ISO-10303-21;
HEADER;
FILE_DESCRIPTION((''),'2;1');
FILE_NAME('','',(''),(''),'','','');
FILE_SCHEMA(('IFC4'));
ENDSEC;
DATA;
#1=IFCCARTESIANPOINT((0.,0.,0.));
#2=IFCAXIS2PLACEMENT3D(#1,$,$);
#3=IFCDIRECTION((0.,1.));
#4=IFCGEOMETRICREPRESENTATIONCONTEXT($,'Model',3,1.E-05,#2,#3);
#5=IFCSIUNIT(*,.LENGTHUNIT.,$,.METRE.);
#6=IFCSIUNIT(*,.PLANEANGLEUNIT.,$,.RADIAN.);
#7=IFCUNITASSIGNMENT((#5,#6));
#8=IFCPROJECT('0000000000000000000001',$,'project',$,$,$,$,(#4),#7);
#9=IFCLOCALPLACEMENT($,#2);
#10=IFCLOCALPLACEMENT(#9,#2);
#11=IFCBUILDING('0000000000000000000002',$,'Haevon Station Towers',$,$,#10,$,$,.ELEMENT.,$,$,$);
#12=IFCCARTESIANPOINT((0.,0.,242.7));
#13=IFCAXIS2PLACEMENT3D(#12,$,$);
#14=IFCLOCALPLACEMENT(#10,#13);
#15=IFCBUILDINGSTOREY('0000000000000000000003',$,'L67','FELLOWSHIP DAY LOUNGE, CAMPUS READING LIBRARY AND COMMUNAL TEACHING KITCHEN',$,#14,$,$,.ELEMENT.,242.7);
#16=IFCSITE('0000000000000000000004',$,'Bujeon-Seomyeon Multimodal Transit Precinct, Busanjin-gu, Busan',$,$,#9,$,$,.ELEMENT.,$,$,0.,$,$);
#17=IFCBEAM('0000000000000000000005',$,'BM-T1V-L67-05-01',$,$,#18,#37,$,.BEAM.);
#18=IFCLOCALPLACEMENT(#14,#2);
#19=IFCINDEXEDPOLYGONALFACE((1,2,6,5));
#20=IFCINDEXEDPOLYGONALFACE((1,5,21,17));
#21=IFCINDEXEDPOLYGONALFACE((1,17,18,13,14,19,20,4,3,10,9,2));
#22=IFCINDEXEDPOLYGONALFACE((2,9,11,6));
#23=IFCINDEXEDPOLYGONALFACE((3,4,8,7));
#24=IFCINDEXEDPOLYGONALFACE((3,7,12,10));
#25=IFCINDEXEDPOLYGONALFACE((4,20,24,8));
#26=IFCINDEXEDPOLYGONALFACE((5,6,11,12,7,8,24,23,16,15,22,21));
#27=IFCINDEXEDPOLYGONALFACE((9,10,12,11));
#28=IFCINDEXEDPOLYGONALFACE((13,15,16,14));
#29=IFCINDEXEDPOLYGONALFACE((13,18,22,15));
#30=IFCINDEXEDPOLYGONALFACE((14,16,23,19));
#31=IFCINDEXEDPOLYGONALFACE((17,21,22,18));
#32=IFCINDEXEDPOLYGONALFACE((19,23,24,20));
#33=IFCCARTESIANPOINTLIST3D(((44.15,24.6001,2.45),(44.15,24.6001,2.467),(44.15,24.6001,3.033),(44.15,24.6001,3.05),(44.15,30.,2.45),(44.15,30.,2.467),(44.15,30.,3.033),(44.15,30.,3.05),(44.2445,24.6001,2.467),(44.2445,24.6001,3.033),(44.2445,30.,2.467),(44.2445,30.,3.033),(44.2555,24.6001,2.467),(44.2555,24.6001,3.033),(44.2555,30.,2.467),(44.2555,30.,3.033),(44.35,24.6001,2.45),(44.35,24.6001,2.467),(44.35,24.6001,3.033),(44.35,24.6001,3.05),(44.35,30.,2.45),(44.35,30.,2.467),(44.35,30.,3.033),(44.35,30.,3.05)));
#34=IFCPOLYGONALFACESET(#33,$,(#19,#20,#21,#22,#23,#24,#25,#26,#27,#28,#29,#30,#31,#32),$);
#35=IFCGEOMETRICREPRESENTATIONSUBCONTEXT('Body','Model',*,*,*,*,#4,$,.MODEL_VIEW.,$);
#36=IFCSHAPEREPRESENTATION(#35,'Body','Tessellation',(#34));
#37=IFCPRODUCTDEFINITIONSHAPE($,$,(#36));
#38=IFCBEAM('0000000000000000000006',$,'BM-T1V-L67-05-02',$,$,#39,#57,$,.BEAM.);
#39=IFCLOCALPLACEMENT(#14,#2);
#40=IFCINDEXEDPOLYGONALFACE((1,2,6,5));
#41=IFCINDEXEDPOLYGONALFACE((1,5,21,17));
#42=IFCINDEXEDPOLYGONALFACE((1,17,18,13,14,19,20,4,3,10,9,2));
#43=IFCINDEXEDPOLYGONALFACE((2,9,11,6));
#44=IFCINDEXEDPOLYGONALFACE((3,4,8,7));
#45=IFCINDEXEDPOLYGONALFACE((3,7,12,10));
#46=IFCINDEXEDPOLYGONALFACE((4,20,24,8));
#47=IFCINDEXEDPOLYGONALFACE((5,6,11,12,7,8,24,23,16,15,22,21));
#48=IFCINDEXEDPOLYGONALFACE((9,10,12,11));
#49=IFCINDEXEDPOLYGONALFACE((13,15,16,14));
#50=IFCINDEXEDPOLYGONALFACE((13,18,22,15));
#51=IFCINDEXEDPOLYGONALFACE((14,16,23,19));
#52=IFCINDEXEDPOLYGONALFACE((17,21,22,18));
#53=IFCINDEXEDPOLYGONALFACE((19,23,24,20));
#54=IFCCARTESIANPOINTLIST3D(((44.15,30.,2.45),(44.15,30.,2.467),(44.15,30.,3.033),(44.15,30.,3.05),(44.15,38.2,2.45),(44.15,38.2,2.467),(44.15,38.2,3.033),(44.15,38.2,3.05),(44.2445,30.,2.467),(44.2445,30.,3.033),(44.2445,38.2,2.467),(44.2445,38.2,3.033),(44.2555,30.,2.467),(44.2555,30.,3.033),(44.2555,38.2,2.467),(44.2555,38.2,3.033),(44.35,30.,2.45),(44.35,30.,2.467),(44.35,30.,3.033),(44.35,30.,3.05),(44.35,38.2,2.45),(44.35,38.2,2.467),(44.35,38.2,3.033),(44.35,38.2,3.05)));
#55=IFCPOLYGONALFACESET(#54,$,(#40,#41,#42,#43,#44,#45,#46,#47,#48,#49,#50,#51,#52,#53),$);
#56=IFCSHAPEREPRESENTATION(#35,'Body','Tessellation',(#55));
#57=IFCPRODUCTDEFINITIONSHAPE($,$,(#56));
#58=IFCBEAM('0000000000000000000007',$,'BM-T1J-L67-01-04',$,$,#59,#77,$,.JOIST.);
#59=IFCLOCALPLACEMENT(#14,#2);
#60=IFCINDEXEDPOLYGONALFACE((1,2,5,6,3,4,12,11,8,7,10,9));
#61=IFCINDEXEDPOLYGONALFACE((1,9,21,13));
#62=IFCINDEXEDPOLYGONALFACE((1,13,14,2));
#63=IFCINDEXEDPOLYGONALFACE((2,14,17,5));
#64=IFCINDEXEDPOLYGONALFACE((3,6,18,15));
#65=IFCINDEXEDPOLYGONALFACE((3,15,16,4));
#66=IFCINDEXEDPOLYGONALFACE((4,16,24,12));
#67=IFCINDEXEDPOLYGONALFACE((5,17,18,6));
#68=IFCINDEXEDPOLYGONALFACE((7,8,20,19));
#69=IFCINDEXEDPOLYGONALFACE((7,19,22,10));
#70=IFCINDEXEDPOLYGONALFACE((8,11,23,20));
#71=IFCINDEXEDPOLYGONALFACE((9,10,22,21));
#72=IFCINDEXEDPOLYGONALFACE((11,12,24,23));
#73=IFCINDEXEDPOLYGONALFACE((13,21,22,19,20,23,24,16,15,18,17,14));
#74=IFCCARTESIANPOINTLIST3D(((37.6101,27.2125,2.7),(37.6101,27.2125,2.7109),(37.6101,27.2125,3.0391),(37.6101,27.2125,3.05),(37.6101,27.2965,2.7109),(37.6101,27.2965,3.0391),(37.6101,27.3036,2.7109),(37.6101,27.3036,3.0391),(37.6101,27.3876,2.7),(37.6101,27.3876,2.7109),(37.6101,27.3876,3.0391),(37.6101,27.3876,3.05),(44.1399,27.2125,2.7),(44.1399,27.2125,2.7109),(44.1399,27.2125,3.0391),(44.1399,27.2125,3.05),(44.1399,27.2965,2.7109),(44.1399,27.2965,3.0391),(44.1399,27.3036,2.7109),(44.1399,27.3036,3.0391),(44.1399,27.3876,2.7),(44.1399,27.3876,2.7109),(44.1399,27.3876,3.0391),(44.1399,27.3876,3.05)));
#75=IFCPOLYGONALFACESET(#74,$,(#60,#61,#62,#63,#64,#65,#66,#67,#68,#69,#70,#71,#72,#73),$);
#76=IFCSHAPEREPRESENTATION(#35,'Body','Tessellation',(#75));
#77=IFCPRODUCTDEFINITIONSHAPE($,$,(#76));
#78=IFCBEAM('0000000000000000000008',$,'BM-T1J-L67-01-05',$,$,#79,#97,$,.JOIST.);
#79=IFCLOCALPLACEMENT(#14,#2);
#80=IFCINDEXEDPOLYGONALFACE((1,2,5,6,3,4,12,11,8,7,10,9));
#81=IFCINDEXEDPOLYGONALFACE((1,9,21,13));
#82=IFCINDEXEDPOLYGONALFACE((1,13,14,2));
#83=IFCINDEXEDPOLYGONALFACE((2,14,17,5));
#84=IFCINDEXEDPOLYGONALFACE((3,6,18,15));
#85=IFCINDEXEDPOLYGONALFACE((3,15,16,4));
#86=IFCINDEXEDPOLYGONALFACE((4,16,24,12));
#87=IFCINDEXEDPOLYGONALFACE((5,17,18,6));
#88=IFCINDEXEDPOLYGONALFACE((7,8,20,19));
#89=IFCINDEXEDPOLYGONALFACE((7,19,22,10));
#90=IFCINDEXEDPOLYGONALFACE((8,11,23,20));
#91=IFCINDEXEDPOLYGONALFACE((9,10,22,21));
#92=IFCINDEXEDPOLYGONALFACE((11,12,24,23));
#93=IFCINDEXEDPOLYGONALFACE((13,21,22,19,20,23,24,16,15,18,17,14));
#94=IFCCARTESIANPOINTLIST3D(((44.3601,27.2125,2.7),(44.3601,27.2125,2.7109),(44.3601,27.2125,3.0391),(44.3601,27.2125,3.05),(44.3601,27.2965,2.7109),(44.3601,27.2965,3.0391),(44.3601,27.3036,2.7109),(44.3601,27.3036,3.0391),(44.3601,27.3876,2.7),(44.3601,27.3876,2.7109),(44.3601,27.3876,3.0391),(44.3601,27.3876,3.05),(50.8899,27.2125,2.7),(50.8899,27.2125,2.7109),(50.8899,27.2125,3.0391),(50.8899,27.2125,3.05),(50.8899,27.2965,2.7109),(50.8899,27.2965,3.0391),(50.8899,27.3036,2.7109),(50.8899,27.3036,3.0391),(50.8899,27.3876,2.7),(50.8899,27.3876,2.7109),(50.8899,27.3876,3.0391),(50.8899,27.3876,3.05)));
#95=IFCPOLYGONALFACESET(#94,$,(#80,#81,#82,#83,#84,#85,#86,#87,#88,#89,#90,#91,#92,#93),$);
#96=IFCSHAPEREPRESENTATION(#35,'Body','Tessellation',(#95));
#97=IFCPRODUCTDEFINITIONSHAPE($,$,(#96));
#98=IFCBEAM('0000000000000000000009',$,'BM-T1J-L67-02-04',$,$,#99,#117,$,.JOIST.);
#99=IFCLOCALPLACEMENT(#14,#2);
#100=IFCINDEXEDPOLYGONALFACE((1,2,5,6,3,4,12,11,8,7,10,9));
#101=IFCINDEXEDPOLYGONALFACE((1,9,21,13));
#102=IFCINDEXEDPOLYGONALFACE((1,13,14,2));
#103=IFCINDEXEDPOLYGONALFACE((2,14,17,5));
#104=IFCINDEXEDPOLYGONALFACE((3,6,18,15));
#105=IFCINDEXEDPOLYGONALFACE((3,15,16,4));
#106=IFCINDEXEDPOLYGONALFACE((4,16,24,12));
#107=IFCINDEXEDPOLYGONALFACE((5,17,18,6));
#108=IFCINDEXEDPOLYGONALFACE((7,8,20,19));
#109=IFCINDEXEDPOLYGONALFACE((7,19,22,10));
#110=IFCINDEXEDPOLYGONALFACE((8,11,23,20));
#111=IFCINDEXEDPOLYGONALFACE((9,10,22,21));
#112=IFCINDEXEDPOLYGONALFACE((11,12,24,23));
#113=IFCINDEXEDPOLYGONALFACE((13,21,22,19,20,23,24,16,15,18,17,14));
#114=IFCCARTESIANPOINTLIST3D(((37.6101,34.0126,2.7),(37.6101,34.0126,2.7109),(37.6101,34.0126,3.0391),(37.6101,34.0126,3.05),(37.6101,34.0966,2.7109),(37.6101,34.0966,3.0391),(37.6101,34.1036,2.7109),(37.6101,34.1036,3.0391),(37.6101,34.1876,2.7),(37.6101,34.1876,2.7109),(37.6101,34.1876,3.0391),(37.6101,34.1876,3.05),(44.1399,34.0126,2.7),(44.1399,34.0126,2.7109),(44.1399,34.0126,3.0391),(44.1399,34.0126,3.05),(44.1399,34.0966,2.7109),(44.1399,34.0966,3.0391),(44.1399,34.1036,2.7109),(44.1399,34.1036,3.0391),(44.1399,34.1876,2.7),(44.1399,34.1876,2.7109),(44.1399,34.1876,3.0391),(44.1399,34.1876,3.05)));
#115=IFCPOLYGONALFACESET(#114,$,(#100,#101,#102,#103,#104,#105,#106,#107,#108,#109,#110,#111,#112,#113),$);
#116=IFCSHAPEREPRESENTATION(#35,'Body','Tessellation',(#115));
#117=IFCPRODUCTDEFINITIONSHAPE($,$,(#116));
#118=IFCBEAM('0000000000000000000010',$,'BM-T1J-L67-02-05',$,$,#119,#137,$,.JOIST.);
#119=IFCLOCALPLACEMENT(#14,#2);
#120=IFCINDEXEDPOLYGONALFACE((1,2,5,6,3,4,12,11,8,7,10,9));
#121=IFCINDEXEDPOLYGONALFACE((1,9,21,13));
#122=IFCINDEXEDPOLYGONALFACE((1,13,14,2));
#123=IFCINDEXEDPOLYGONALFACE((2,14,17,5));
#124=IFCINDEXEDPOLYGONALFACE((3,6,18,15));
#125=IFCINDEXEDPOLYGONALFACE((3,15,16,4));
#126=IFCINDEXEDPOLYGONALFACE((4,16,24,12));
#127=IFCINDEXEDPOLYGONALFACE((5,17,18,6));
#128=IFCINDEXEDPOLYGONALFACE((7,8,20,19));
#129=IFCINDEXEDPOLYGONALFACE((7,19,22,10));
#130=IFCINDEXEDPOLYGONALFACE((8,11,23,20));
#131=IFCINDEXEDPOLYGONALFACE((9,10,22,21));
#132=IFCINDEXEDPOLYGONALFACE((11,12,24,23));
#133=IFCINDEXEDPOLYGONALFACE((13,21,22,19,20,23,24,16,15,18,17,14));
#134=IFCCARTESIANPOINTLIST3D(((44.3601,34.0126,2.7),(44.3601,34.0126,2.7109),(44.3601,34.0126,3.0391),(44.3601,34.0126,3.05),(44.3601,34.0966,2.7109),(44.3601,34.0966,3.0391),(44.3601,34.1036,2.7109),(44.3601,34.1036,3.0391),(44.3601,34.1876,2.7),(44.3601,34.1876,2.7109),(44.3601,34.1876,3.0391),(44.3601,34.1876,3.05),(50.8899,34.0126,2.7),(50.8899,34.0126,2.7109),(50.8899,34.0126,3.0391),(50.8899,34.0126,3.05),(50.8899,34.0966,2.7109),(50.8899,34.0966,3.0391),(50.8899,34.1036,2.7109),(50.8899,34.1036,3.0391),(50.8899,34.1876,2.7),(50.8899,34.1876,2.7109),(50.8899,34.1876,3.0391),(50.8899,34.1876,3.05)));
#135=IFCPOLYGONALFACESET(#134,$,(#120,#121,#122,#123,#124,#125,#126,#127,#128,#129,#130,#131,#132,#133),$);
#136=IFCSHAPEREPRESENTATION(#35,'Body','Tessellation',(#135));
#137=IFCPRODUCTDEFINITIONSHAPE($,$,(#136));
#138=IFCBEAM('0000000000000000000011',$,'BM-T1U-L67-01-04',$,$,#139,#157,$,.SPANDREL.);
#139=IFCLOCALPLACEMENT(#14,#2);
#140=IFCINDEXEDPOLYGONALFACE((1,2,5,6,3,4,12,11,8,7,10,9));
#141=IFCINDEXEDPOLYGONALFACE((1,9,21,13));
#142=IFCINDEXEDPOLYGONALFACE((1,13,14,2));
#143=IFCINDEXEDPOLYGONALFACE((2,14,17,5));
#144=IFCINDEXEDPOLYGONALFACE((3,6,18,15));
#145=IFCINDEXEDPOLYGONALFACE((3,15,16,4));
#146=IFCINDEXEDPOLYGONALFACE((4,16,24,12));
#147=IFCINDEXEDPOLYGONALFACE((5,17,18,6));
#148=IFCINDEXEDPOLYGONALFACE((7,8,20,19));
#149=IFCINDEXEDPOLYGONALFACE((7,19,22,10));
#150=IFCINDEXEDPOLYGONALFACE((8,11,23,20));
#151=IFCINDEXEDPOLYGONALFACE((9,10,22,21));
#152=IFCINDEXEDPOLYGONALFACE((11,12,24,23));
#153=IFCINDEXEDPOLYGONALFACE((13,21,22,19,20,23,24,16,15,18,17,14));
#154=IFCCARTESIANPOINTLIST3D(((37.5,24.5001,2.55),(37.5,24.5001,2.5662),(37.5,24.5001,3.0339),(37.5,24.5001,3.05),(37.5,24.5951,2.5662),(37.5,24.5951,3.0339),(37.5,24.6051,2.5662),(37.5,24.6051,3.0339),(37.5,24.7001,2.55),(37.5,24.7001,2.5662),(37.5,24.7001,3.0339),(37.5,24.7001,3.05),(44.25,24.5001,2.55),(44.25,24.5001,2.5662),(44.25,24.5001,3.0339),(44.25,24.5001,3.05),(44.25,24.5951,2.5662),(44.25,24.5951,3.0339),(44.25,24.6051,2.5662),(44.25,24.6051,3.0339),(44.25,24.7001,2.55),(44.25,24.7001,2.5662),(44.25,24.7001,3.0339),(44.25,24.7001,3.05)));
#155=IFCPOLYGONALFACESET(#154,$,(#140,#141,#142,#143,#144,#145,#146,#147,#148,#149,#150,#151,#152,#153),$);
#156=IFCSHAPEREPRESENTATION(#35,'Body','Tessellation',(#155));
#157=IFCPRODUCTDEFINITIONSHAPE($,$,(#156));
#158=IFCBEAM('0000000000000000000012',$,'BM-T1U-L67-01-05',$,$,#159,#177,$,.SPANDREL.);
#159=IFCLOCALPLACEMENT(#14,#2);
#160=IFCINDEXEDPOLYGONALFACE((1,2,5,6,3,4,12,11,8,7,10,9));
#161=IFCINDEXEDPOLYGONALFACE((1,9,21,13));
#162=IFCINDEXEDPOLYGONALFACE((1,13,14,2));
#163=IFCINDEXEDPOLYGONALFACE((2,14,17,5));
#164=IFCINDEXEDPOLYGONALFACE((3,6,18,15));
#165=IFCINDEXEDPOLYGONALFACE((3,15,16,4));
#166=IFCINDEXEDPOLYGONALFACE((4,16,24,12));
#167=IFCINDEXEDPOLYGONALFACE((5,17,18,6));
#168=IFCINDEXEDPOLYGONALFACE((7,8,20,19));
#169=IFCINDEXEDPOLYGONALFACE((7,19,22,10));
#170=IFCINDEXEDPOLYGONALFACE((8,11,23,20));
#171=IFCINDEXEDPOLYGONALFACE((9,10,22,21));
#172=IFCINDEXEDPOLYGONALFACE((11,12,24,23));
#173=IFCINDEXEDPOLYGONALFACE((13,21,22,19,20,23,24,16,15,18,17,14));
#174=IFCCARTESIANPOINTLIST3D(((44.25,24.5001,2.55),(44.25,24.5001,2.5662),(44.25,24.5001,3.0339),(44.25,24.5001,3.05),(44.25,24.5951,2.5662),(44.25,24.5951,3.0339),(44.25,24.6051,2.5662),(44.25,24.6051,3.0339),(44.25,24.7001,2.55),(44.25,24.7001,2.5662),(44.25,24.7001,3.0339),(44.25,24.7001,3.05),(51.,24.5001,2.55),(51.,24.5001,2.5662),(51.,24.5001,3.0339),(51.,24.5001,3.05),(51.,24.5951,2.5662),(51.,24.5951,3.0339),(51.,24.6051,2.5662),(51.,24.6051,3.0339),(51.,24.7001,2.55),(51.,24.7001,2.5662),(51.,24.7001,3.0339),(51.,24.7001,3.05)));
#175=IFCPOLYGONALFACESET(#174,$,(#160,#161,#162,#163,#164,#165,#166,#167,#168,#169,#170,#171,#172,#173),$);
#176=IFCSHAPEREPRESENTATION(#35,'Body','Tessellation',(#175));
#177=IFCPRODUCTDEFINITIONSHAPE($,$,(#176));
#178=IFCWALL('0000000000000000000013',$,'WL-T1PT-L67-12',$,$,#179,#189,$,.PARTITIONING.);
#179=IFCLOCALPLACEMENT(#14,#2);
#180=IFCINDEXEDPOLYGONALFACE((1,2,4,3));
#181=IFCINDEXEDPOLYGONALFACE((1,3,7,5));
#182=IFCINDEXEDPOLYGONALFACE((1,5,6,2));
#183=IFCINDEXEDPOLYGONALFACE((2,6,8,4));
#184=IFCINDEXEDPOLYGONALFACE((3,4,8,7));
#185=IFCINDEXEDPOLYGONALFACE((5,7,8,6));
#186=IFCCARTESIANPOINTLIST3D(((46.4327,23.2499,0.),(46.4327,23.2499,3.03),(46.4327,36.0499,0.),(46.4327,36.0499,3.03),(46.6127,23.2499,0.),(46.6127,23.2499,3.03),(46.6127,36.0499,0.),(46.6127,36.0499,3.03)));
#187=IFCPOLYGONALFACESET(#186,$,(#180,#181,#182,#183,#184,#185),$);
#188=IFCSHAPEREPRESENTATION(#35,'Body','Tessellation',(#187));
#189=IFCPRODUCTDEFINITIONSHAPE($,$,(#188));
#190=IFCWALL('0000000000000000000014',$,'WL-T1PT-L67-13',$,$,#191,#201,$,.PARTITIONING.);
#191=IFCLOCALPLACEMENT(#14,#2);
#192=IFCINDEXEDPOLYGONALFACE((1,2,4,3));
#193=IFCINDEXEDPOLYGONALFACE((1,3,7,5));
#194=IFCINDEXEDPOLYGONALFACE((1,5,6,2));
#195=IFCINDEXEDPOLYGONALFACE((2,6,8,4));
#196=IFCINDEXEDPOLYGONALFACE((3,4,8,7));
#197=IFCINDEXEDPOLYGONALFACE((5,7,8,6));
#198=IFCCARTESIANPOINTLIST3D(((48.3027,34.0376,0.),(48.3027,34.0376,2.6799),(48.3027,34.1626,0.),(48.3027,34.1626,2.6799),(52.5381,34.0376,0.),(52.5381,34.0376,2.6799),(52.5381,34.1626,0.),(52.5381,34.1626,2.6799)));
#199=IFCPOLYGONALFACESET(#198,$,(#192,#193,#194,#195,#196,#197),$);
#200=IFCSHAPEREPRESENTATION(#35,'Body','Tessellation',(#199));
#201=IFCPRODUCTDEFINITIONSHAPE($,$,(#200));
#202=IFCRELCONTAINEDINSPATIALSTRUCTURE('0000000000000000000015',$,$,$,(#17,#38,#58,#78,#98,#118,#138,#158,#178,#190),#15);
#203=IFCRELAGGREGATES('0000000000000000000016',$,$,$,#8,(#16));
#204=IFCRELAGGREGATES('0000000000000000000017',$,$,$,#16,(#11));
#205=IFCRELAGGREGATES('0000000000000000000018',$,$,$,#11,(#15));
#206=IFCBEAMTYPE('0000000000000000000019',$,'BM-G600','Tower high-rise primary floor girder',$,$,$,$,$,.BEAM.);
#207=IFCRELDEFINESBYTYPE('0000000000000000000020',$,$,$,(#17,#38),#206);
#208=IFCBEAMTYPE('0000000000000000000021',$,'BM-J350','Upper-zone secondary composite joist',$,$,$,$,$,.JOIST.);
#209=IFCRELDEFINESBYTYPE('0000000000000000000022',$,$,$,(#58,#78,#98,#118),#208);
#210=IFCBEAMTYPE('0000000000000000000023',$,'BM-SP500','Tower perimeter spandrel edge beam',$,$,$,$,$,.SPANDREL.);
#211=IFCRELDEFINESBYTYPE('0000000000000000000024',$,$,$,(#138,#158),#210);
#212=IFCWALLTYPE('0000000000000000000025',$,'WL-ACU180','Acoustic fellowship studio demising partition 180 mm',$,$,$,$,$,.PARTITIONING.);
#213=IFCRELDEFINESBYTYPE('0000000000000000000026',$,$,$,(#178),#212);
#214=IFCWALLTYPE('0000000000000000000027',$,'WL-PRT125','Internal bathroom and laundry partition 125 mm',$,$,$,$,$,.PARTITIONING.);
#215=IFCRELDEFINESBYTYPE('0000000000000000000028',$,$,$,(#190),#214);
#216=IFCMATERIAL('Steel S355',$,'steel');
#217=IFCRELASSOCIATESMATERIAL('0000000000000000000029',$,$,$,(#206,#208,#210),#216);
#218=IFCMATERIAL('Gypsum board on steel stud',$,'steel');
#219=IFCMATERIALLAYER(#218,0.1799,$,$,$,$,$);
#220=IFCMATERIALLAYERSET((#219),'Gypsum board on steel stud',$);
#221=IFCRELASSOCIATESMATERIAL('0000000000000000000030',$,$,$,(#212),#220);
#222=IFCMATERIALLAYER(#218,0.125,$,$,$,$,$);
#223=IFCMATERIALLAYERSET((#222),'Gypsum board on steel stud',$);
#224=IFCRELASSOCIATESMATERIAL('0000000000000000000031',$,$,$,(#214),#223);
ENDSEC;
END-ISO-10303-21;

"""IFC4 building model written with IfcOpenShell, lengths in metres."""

from ifc_helpers import new_model, si_unit, direction, frame, frame_2d, origin, origin_2d, place, context, subcontext, project, spatial, rectangle, i_section, extrude, material, layer, layer_set, material_profile, profile_set, type_object, element, save


model = new_model("IFC4")

# Units and contexts
model_context = context("Model", 3, precision=1e-05, world=origin(), true_north=direction((0.0, 1.0)))
body_context = subcontext(model_context, "Body", "Model", "MODEL_VIEW")
ifc_project = project(units=[si_unit("LENGTHUNIT", "METRE"), si_unit("PLANEANGLEUNIT", "RADIAN")], contexts=[model_context])

# Site, building, storey
site_placement = place(None, origin())
site = spatial("IfcSite", under=ifc_project, at=site_placement, Name="Bujeon-Seomyeon Multimodal Transit Precinct, Busanjin-gu, Busan", CompositionType="ELEMENT", RefElevation=0.0)
building_placement = place(site_placement, origin())
building = spatial("IfcBuilding", under=site, at=building_placement, Name="Haevon Station Towers", CompositionType="ELEMENT")
storey_placement = place(building_placement, frame((0.0, 0.0, 242.7)))
storey = spatial("IfcBuildingStorey", under=building, at=storey_placement, Name="L67", Description="FELLOWSHIP DAY LOUNGE, CAMPUS READING LIBRARY AND COMMUNAL TEACHING KITCHEN", CompositionType="ELEMENT", Elevation=242.7)

# Shared definitions
ifc_material_1 = material(Name="Steel S355", Category="steel")

# Beams
ifc_material_profile_1 = material_profile(ifc_material_1, i_section(OverallWidth=0.2, OverallDepth=0.6001, WebThickness=0.011, FlangeThickness=0.0171, at=origin_2d()), Name="H-600x200x11x17")
ifc_profile_set_1 = profile_set([ifc_material_profile_1], Name="Steel S355")
beam_type_1 = type_object("IfcBeamType", Name="BM-G600", Description="Tower high-rise primary floor girder", PredefinedType="BEAM", material=ifc_profile_set_1)
beam_1_placement = place(storey_placement, frame((44.25, 24.6001, 2.75), z_axis=(0.0, 1.0, 0.0), x_axis=(-1.0, 0.0, 0.0)))
element("IfcBeam", 1, at=beam_1_placement, inside=storey, type_object=beam_type_1, Name="BM-T1V-L67-05-01", PredefinedType="BEAM", context=body_context, shape_type="SweptSolid", body=[
    extrude(i_section(OverallWidth=0.2, OverallDepth=0.6001, WebThickness=0.011, FlangeThickness=0.0171, at=origin_2d()), origin(), (0.0, 0.0, 1.0), 5.3999),
])
beam_2_placement = place(storey_placement, frame((44.25, 30.0, 2.75), z_axis=(0.0, 1.0, 0.0), x_axis=(-1.0, 0.0, 0.0)))
element("IfcBeam", 2, at=beam_2_placement, inside=storey, type_object=beam_type_1, Name="BM-T1V-L67-05-02", PredefinedType="BEAM", context=body_context, shape_type="SweptSolid", body=[
    extrude(i_section(OverallWidth=0.2, OverallDepth=0.6001, WebThickness=0.011, FlangeThickness=0.0171, at=origin_2d()), origin(), (0.0, 0.0, 1.0), 8.2),
])
ifc_material_profile_2 = material_profile(ifc_material_1, i_section(OverallWidth=0.175, OverallDepth=0.3501, WebThickness=0.0071, FlangeThickness=0.011, at=origin_2d()), Name="H-350x175x7x11")
ifc_profile_set_2 = profile_set([ifc_material_profile_2], Name="Steel S355")
beam_type_2 = type_object("IfcBeamType", Name="BM-J350", Description="Upper-zone secondary composite joist", PredefinedType="JOIST", material=ifc_profile_set_2)
for number, where, z_axis, x_axis, name in (
    (3, (37.6101, 27.3, 2.875), (1.0, 0.0, 0.0), (0.0, 1.0, 0.0), "BM-T1J-L67-01-04"),
    (4, (44.3601, 27.3, 2.875), (1.0, 0.0, 0.0), (0.0, 1.0, 0.0), "BM-T1J-L67-01-05"),
    (5, (37.6101, 34.1001, 2.875), (1.0, 0.0, 0.0), (0.0, 1.0, 0.0), "BM-T1J-L67-02-04"),
    (6, (44.3601, 34.1001, 2.875), (1.0, 0.0, 0.0), (0.0, 1.0, 0.0), "BM-T1J-L67-02-05"),
):
    element("IfcBeam", number, at=place(storey_placement, frame(where, z_axis=z_axis, x_axis=x_axis)), inside=storey, type_object=beam_type_2, Name=name, PredefinedType="JOIST", context=body_context, shape_type="SweptSolid", body=[
        extrude(i_section(OverallWidth=0.175, OverallDepth=0.3501, WebThickness=0.0071, FlangeThickness=0.011, at=origin_2d()), origin(), (0.0, 0.0, 1.0), 6.5298),
    ])
ifc_material_profile_3 = material_profile(ifc_material_1, i_section(OverallWidth=0.2, OverallDepth=0.5, WebThickness=0.01, FlangeThickness=0.0161, at=origin_2d()), Name="H-500x200x10x16")
ifc_profile_set_3 = profile_set([ifc_material_profile_3], Name="Steel S355")
beam_type_3 = type_object("IfcBeamType", Name="BM-SP500", Description="Tower perimeter spandrel edge beam", PredefinedType="SPANDREL", material=ifc_profile_set_3)
for number, where, z_axis, x_axis, name in (
    (7, (37.5, 24.6001, 2.8), (1.0, 0.0, 0.0), (0.0, 1.0, 0.0), "BM-T1U-L67-01-04"),
    (8, (44.25, 24.6001, 2.8), (1.0, 0.0, 0.0), (0.0, 1.0, 0.0), "BM-T1U-L67-01-05"),
):
    element("IfcBeam", number, at=place(storey_placement, frame(where, z_axis=z_axis, x_axis=x_axis)), inside=storey, type_object=beam_type_3, Name=name, PredefinedType="SPANDREL", context=body_context, shape_type="SweptSolid", body=[
        extrude(i_section(OverallWidth=0.2, OverallDepth=0.5, WebThickness=0.01, FlangeThickness=0.0161, at=origin_2d()), origin(), (0.0, 0.0, 1.0), 6.75),
    ])

# Walls
ifc_material_2 = material(Name="Gypsum board on steel stud", Category="steel")
ifc_layer_1 = layer(ifc_material_2, 0.1799)
ifc_layer_set_1 = layer_set([ifc_layer_1], Name="Gypsum board on steel stud")
wall_type_1 = type_object("IfcWallType", Name="WL-ACU180", Description="Acoustic fellowship studio demising partition 180 mm", PredefinedType="PARTITIONING", material=ifc_layer_set_1)
wall_1_placement = place(storey_placement, frame((46.5227, 23.25, 0.0), z_axis=(0.0, 0.0, 1.0), x_axis=(0.0, 1.0, 0.0)))
element("IfcWall", 9, at=wall_1_placement, inside=storey, type_object=wall_type_1, Name="WL-T1PT-L67-12", PredefinedType="PARTITIONING", context=body_context, shape_type="SweptSolid", body=[
    extrude(rectangle(XDim=12.8, YDim=0.1799, at=frame_2d((6.3999, 0.0))), origin(), (0.0, 0.0, 1.0), 3.03),
])
ifc_layer_2 = layer(ifc_material_2, 0.125)
ifc_layer_set_2 = layer_set([ifc_layer_2], Name="Gypsum board on steel stud")
wall_type_2 = type_object("IfcWallType", Name="WL-PRT125", Description="Internal bathroom and laundry partition 125 mm", PredefinedType="PARTITIONING", material=ifc_layer_set_2)
wall_2_placement = place(storey_placement, frame((48.3027, 34.1001, 0.0), z_axis=(0.0, 0.0, 1.0), x_axis=(1.0, 0.0, 0.0)))
element("IfcWall", 10, at=wall_2_placement, inside=storey, type_object=wall_type_2, Name="WL-T1PT-L67-13", PredefinedType="PARTITIONING", context=body_context, shape_type="SweptSolid", body=[
    extrude(rectangle(XDim=4.2354, YDim=0.125, at=frame_2d((2.1177, 0.0))), origin(), (0.0, 0.0, 1.0), 2.6799),
])

save(model, "model.ifc")
